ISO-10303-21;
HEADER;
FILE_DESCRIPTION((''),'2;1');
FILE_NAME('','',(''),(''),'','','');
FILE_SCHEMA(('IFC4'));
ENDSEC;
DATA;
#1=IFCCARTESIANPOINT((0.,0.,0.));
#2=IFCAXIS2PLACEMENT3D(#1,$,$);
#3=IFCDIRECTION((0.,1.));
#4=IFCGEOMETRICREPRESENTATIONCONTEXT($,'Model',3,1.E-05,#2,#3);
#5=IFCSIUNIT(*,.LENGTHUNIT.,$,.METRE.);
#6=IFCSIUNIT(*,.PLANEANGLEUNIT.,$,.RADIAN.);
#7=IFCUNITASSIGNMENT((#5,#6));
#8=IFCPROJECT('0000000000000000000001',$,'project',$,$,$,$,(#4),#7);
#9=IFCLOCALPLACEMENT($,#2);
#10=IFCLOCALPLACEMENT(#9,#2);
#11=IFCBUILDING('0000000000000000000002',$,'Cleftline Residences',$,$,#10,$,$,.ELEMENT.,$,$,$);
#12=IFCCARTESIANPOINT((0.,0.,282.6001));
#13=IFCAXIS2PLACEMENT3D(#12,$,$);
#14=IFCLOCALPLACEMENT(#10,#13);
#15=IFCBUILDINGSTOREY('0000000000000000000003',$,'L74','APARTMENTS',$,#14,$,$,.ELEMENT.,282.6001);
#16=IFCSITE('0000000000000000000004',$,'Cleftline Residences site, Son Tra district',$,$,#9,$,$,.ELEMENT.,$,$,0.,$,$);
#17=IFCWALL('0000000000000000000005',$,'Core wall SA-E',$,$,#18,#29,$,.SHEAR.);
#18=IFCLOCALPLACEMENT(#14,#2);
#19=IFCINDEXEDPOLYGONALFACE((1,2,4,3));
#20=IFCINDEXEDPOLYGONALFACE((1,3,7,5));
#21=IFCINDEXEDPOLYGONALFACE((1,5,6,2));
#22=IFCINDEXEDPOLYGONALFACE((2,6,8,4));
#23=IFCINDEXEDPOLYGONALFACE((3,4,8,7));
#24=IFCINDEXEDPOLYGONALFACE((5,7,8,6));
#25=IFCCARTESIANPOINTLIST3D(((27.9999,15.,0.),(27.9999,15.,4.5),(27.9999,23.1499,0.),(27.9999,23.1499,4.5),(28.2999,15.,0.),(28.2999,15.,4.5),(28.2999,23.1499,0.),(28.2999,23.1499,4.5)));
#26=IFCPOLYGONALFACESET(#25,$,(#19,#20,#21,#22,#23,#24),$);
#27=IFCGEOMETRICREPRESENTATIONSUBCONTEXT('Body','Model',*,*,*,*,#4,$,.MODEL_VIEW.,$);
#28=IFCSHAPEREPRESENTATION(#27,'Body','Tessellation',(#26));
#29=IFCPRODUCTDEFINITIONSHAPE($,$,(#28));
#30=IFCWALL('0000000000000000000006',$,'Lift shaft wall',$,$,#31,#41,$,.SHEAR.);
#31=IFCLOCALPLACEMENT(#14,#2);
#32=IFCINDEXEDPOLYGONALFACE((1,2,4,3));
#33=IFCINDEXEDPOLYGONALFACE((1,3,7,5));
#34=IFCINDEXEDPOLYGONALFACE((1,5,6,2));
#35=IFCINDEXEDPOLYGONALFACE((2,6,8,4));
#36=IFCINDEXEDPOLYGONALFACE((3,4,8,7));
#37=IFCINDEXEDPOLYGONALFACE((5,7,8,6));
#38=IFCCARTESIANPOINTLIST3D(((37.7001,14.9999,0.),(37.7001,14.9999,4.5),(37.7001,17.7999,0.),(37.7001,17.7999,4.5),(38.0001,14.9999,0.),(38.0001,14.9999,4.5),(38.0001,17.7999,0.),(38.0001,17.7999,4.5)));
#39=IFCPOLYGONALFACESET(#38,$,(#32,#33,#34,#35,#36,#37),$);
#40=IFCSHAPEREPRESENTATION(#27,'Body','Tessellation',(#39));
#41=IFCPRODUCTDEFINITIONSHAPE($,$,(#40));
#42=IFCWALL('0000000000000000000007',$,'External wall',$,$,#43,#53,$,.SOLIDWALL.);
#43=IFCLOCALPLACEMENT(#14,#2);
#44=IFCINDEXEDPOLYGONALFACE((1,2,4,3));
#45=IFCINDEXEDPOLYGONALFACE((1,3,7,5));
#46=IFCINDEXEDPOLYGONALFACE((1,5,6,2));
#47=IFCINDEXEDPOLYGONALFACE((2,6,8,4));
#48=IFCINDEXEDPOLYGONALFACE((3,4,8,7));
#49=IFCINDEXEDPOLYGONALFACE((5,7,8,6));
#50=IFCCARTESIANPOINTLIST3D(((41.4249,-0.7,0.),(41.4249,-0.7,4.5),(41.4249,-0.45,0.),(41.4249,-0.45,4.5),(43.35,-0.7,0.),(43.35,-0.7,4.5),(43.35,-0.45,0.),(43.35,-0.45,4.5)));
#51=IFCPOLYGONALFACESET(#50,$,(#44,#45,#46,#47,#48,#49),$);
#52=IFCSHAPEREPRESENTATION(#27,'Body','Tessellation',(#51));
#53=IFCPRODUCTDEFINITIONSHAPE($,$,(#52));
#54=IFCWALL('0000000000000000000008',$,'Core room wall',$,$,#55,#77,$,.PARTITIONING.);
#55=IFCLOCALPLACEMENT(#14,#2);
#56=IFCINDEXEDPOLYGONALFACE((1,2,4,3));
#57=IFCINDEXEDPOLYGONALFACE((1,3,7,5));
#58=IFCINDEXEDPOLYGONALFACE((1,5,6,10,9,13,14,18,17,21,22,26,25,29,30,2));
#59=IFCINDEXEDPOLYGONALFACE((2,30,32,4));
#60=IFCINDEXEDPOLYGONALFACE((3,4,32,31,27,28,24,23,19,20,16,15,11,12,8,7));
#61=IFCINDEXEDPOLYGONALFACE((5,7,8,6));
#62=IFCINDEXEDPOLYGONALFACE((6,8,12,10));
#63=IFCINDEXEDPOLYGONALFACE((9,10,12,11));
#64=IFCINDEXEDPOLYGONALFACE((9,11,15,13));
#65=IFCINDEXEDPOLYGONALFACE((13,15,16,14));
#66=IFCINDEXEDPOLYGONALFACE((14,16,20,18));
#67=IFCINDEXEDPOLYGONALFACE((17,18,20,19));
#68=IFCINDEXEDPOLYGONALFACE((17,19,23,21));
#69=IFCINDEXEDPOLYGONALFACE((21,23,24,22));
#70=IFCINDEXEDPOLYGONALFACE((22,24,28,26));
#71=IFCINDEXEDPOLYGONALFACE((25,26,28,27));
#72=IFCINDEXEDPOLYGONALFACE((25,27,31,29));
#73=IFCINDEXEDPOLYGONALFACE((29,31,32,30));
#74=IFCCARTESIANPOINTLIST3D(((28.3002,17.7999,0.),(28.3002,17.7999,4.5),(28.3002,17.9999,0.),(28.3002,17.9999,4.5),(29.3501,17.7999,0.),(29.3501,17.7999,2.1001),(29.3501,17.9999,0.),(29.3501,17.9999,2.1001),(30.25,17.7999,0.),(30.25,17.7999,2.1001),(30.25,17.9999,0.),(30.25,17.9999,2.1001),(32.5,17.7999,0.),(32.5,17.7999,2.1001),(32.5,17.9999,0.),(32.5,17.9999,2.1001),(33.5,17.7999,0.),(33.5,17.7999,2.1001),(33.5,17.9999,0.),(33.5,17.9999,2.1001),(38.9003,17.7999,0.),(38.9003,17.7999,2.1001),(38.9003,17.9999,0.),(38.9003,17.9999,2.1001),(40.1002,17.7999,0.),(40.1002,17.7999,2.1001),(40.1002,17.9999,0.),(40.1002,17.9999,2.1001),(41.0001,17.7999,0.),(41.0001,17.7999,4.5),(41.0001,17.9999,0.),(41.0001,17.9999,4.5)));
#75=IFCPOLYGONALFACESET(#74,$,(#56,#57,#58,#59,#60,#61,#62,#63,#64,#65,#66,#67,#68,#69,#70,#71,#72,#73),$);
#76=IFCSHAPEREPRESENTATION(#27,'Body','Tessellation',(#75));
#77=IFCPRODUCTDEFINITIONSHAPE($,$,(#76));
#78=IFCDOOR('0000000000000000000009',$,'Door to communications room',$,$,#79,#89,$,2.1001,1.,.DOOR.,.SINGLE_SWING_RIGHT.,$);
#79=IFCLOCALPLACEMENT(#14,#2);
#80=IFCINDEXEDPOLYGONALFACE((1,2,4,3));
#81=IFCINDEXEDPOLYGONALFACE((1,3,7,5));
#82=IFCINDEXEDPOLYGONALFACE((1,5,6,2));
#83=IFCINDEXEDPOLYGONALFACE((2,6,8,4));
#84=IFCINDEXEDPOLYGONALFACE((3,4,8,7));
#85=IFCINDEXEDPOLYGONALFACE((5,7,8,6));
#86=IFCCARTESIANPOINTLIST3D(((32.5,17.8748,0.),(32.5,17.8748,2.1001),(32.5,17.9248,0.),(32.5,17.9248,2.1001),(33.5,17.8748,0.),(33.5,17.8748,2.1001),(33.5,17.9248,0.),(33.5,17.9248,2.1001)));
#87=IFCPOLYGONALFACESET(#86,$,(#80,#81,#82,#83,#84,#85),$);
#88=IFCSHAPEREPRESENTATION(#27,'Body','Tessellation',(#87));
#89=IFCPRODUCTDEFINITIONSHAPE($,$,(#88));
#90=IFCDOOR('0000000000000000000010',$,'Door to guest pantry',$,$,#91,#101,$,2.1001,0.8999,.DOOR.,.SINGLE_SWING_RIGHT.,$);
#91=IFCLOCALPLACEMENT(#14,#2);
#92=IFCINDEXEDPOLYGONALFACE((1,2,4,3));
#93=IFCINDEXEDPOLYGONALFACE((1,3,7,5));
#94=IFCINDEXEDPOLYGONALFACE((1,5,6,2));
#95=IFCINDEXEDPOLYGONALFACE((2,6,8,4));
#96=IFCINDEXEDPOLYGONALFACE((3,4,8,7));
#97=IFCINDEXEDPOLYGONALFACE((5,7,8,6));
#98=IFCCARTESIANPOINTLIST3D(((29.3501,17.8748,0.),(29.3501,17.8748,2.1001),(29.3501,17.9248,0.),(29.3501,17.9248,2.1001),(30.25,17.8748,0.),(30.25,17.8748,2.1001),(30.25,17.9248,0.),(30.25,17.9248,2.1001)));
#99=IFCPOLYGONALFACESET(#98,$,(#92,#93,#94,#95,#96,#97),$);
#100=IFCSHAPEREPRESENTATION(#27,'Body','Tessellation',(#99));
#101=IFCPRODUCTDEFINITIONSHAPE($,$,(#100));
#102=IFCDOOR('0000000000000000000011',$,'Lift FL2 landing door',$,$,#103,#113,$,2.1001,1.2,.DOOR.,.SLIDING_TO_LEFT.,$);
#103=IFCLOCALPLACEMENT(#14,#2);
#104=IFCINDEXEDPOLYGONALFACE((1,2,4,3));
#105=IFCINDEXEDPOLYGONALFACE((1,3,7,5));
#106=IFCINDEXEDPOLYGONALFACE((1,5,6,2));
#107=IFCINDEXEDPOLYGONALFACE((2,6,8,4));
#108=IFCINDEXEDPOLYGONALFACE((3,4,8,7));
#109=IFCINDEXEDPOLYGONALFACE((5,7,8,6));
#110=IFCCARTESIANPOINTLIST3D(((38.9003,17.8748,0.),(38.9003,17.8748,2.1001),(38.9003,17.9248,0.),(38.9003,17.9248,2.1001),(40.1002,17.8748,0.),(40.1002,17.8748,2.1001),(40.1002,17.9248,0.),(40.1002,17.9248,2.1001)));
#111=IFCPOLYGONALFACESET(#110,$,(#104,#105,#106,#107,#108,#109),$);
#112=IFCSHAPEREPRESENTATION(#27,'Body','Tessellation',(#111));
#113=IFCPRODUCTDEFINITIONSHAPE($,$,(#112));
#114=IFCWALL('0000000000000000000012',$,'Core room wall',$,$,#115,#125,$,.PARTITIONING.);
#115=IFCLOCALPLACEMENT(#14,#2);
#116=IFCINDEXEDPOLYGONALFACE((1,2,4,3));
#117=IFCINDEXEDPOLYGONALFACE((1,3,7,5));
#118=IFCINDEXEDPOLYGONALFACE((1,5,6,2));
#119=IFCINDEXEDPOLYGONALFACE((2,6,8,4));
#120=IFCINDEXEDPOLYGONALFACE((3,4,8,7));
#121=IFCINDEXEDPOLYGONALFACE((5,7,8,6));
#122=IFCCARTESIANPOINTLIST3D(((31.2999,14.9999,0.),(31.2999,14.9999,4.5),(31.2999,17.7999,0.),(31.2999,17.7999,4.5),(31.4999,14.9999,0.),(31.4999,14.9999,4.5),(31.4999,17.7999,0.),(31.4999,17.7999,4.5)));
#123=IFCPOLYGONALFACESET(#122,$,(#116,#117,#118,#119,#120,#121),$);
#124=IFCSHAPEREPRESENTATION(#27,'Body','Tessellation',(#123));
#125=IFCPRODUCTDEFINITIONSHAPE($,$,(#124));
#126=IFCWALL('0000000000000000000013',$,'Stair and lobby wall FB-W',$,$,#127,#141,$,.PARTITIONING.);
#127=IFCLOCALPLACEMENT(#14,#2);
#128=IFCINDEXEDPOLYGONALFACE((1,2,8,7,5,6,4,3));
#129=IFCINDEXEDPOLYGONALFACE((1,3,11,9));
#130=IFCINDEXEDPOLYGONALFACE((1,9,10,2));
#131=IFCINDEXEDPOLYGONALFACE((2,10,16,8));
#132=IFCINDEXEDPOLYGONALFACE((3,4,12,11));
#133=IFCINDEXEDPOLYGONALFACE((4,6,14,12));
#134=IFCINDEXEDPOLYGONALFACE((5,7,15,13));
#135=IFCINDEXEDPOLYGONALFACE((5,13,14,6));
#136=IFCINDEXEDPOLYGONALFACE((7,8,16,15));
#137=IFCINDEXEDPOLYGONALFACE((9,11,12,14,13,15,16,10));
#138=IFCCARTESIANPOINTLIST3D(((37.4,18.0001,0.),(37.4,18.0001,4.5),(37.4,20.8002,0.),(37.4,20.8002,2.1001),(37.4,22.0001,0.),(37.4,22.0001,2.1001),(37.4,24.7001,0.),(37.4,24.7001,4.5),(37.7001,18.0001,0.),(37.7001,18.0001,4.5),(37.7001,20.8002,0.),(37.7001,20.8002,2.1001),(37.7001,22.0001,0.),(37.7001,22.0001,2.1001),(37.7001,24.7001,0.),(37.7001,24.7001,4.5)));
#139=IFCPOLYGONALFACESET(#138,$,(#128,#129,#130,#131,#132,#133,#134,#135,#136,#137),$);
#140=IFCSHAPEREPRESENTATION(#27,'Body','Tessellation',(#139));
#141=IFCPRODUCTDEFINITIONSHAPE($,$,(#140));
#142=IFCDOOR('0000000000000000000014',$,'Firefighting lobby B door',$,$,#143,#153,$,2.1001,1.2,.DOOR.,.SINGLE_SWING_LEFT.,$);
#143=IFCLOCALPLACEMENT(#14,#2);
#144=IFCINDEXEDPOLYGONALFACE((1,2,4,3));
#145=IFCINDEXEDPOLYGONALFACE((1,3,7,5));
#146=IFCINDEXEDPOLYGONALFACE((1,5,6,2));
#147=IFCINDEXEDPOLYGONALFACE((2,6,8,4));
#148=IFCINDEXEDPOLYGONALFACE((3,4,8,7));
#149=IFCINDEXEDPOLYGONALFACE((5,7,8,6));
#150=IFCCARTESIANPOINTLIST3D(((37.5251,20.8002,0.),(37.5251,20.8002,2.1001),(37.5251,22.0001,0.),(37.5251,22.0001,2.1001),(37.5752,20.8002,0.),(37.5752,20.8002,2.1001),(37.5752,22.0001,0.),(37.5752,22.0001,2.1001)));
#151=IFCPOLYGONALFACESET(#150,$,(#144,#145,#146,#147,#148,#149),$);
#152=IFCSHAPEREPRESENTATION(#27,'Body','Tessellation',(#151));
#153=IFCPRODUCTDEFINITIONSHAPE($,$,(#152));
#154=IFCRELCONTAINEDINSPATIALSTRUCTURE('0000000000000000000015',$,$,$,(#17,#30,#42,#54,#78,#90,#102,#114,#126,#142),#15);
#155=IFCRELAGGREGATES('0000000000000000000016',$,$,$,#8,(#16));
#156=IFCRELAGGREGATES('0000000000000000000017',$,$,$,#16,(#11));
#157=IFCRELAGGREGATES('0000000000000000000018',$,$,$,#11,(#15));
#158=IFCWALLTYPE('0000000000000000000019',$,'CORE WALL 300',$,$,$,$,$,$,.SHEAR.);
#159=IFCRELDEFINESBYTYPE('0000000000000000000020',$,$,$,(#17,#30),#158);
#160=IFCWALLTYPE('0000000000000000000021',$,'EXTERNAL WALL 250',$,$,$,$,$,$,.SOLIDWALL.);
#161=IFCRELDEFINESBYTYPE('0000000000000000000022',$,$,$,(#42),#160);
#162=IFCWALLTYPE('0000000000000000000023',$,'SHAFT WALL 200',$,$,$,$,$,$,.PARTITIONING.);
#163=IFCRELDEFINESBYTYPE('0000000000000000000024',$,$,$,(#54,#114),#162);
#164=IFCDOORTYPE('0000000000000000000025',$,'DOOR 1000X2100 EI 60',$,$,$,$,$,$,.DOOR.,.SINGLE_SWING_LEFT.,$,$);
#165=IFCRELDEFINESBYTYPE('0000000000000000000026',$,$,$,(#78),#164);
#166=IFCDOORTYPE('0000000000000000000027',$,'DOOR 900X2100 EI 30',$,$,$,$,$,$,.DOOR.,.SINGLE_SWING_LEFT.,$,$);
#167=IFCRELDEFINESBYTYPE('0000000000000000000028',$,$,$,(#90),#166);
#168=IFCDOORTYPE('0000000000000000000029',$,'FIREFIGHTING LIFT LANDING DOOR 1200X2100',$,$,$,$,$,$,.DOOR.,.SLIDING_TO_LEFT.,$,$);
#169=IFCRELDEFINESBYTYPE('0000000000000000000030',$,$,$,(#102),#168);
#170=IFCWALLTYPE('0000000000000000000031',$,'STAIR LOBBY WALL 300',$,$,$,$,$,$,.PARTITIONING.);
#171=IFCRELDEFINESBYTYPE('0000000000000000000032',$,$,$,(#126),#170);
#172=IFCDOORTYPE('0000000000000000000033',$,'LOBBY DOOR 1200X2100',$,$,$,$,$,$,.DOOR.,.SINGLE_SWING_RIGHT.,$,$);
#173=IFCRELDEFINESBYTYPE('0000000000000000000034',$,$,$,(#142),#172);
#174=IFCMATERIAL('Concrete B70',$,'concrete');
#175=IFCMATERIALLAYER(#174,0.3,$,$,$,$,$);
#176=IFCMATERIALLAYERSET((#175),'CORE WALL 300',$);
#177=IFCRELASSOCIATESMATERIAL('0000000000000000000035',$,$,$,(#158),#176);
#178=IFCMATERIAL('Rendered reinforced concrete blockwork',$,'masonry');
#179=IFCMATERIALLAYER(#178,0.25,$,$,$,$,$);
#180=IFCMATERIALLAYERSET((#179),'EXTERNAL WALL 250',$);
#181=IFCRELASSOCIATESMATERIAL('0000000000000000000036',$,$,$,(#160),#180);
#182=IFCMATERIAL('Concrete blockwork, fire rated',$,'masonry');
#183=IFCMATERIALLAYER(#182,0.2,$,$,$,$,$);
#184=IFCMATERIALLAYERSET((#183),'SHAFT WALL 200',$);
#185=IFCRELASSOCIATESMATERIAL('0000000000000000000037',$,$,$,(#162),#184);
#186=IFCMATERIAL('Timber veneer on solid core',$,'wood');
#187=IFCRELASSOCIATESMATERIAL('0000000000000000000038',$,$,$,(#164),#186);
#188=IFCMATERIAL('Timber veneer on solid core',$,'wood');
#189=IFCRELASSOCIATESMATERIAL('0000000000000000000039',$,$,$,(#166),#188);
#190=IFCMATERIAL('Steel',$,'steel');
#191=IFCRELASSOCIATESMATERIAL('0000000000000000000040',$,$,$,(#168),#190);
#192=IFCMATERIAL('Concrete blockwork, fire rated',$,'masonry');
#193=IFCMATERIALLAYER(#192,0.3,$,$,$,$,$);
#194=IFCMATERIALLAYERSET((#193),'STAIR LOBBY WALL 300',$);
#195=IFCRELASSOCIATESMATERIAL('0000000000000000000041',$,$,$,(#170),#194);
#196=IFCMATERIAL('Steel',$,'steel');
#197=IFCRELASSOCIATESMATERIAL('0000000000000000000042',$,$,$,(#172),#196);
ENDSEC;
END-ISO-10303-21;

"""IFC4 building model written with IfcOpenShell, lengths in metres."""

from ifc_helpers import new_model, si_unit, direction, frame, frame_2d, origin, place, context, subcontext, project, spatial, rectangle, extrude, material, layer, layer_set, type_object, element, fill, save


model = new_model("IFC4")

# Units and contexts
model_context = context("Model", 3, precision=1e-05, world=origin(), true_north=direction((0.0, 1.0)))
body_context = subcontext(model_context, "Body", "Model", "MODEL_VIEW")
ifc_project = project(units=[si_unit("LENGTHUNIT", "METRE"), si_unit("PLANEANGLEUNIT", "RADIAN")], contexts=[model_context])

# Site, building, storey
site_placement = place(None, origin())
site = spatial("IfcSite", under=ifc_project, at=site_placement, Name="Cleftline Residences site, Son Tra district", CompositionType="ELEMENT", RefElevation=0.0)
building_placement = place(site_placement, origin())
building = spatial("IfcBuilding", under=site, at=building_placement, Name="Cleftline Residences", CompositionType="ELEMENT")
storey_placement = place(building_placement, frame((0.0, 0.0, 282.6001)))
storey = spatial("IfcBuildingStorey", under=building, at=storey_placement, Name="L74", Description="APARTMENTS", CompositionType="ELEMENT", Elevation=282.6001)

# Walls
ifc_material_1 = material(Name="Concrete B70", Category="concrete")
ifc_layer_1 = layer(ifc_material_1, 0.3)
ifc_layer_set_1 = layer_set([ifc_layer_1], Name="CORE WALL 300")
wall_type_1 = type_object("IfcWallType", Name="CORE WALL 300", PredefinedType="SHEAR", material=ifc_layer_set_1)
wall_1_placement = place(storey_placement, frame((28.1499, 15.0, 0.0), z_axis=(0.0, 0.0, 1.0), x_axis=(0.0, 1.0, 0.0)))
element("IfcWall", 1, at=wall_1_placement, inside=storey, type_object=wall_type_1, Name="Core wall SA-E", PredefinedType="SHEAR", context=body_context, shape_type="SweptSolid", body=[
    extrude(rectangle(XDim=8.1499, YDim=0.3, at=frame_2d((4.075, 0.0))), origin(), (0.0, 0.0, 1.0), 4.5),
])
wall_2_placement = place(storey_placement, frame((37.8501, 15.0, 0.0), z_axis=(0.0, 0.0, 1.0), x_axis=(0.0, 1.0, 0.0)))
element("IfcWall", 2, at=wall_2_placement, inside=storey, type_object=wall_type_1, Name="Lift shaft wall", PredefinedType="SHEAR", context=body_context, shape_type="SweptSolid", body=[
    extrude(rectangle(XDim=2.8, YDim=0.3, at=frame_2d((1.3999, 0.0))), origin(), (0.0, 0.0, 1.0), 4.5),
])
ifc_material_2 = material(Name="Rendered reinforced concrete blockwork", Category="masonry")
ifc_layer_2 = layer(ifc_material_2, 0.25)
ifc_layer_set_2 = layer_set([ifc_layer_2], Name="EXTERNAL WALL 250")
wall_type_2 = type_object("IfcWallType", Name="EXTERNAL WALL 250", PredefinedType="SOLIDWALL", material=ifc_layer_set_2)
wall_3_placement = place(storey_placement, frame((41.425, -0.575, 0.0), z_axis=(0.0, 0.0, 1.0), x_axis=(1.0, 0.0, 0.0)))
element("IfcWall", 3, at=wall_3_placement, inside=storey, type_object=wall_type_2, Name="External wall", PredefinedType="SOLIDWALL", context=body_context, shape_type="SweptSolid", body=[
    extrude(rectangle(XDim=1.925, YDim=0.25, at=frame_2d((0.9624, 0.0))), origin(), (0.0, 0.0, 1.0), 4.5),
])

# Wall, openings, doors
ifc_material_3 = material(Name="Concrete blockwork, fire rated", Category="masonry")
ifc_layer_3 = layer(ifc_material_3, 0.2)
ifc_layer_set_3 = layer_set([ifc_layer_3], Name="SHAFT WALL 200")
wall_type_3 = type_object("IfcWallType", Name="SHAFT WALL 200", PredefinedType="PARTITIONING", material=ifc_layer_set_3)
wall_4_placement = place(storey_placement, frame((28.3, 17.8999, 0.0), z_axis=(0.0, 0.0, 1.0), x_axis=(1.0, 0.0, 0.0)))
wall_4 = element("IfcWall", 4, at=wall_4_placement, inside=storey, type_object=wall_type_3, Name="Core room wall", PredefinedType="PARTITIONING", context=body_context, shape_type="SweptSolid", body=[
    extrude(rectangle(XDim=12.7, YDim=0.2, at=frame_2d((6.3501, 0.0))), origin(), (0.0, 0.0, 1.0), 4.5),
])
opening_1_placement = place(wall_4_placement, frame((1.05, 0.0, 0.0)))
opening_1 = element("IfcOpeningElement", 5, at=opening_1_placement, cuts=wall_4, PredefinedType="OPENING", context=body_context, shape_type="SweptSolid", body=[
    extrude(rectangle(XDim=0.8999, YDim=2.1001, at=frame_2d((0.45, 1.05))), frame((0.0, 0.1099, 0.0), z_axis=(0.0, -1.0, 0.0), x_axis=(1.0, 0.0, 0.0)), (0.0, 0.0, 1.0), 0.22),
])
opening_2_placement = place(wall_4_placement, frame((4.2, 0.0, 0.0)))
opening_2 = element("IfcOpeningElement", 6, at=opening_2_placement, cuts=wall_4, PredefinedType="OPENING", context=body_context, shape_type="SweptSolid", body=[
    extrude(rectangle(XDim=1.0, YDim=2.1001, at=frame_2d((0.5, 1.05))), frame((0.0, 0.1099, 0.0), z_axis=(0.0, -1.0, 0.0), x_axis=(1.0, 0.0, 0.0)), (0.0, 0.0, 1.0), 0.22),
])
opening_3_placement = place(wall_4_placement, frame((10.6001, 0.0, 0.0)))
opening_3 = element("IfcOpeningElement", 7, at=opening_3_placement, cuts=wall_4, PredefinedType="OPENING", context=body_context, shape_type="SweptSolid", body=[
    extrude(rectangle(XDim=1.2, YDim=2.1001, at=frame_2d((0.6001, 1.05))), frame((0.0, 0.1099, 0.0), z_axis=(0.0, -1.0, 0.0), x_axis=(1.0, 0.0, 0.0)), (0.0, 0.0, 1.0), 0.22),
])
ifc_material_4 = material(Name="Timber veneer on solid core", Category="wood")
door_type_1 = type_object("IfcDoorType", Name="DOOR 1000X2100 EI 60", OperationType="SINGLE_SWING_LEFT", PredefinedType="DOOR", material=ifc_material_4)
door_1_placement = place(opening_2_placement, origin())
door_1 = element("IfcDoor", 8, at=door_1_placement, inside=storey, type_object=door_type_1, Name="Door to communications room", OperationType="SINGLE_SWING_RIGHT", OverallHeight=2.1001, OverallWidth=1.0, PredefinedType="DOOR", context=body_context, shape_type="SweptSolid", body=[
    extrude(rectangle(XDim=1.0, YDim=2.1001, at=frame_2d((0.5, 1.05))), frame((0.0, 0.0249, 0.0), z_axis=(0.0, -1.0, 0.0), x_axis=(1.0, 0.0, 0.0)), (0.0, 0.0, 1.0), 0.05),
])
fill(opening_2, door_1)
ifc_material_5 = material(Name="Timber veneer on solid core", Category="wood")
door_type_2 = type_object("IfcDoorType", Name="DOOR 900X2100 EI 30", OperationType="SINGLE_SWING_LEFT", PredefinedType="DOOR", material=ifc_material_5)
door_2_placement = place(opening_1_placement, origin())
door_2 = element("IfcDoor", 9, at=door_2_placement, inside=storey, type_object=door_type_2, Name="Door to guest pantry", OperationType="SINGLE_SWING_RIGHT", OverallHeight=2.1001, OverallWidth=0.8999, PredefinedType="DOOR", context=body_context, shape_type="SweptSolid", body=[
    extrude(rectangle(XDim=0.8999, YDim=2.1001, at=frame_2d((0.45, 1.05))), frame((0.0, 0.0249, 0.0), z_axis=(0.0, -1.0, 0.0), x_axis=(1.0, 0.0, 0.0)), (0.0, 0.0, 1.0), 0.05),
])
fill(opening_1, door_2)
ifc_material_6 = material(Name="Steel", Category="steel")
door_type_3 = type_object("IfcDoorType", Name="FIREFIGHTING LIFT LANDING DOOR 1200X2100", OperationType="SLIDING_TO_LEFT", PredefinedType="DOOR", material=ifc_material_6)
door_3_placement = place(opening_3_placement, origin())
door_3 = element("IfcDoor", 10, at=door_3_placement, inside=storey, type_object=door_type_3, Name="Lift FL2 landing door", OperationType="SLIDING_TO_LEFT", OverallHeight=2.1001, OverallWidth=1.2, PredefinedType="DOOR", context=body_context, shape_type="SweptSolid", body=[
    extrude(rectangle(XDim=1.2, YDim=2.1001, at=frame_2d((0.6001, 1.05))), frame((0.0, 0.0249, 0.0), z_axis=(0.0, -1.0, 0.0), x_axis=(1.0, 0.0, 0.0)), (0.0, 0.0, 1.0), 0.05),
])
fill(opening_3, door_3)

# Wall
wall_5_placement = place(storey_placement, frame((31.3999, 15.0, 0.0), z_axis=(0.0, 0.0, 1.0), x_axis=(0.0, 1.0, 0.0)))
element("IfcWall", 11, at=wall_5_placement, inside=storey, type_object=wall_type_3, Name="Core room wall", PredefinedType="PARTITIONING", context=body_context, shape_type="SweptSolid", body=[
    extrude(rectangle(XDim=2.8, YDim=0.2, at=frame_2d((1.3999, 0.0))), origin(), (0.0, 0.0, 1.0), 4.5),
])

# Wall, opening, door
ifc_material_7 = material(Name="Concrete blockwork, fire rated", Category="masonry")
ifc_layer_4 = layer(ifc_material_7, 0.3)
ifc_layer_set_4 = layer_set([ifc_layer_4], Name="STAIR LOBBY WALL 300")
wall_type_4 = type_object("IfcWallType", Name="STAIR LOBBY WALL 300", PredefinedType="PARTITIONING", material=ifc_layer_set_4)
wall_6_placement = place(storey_placement, frame((37.55, 18.0, 0.0), z_axis=(0.0, 0.0, 1.0), x_axis=(0.0, 1.0, 0.0)))
wall_6 = element("IfcWall", 12, at=wall_6_placement, inside=storey, type_object=wall_type_4, Name="Stair and lobby wall FB-W", PredefinedType="PARTITIONING", context=body_context, shape_type="SweptSolid", body=[
    extrude(rectangle(XDim=6.7, YDim=0.3, at=frame_2d((3.3501, 0.0))), origin(), (0.0, 0.0, 1.0), 4.5),
])
opening_4_placement = place(wall_6_placement, frame((2.8, 0.0, 0.0)))
opening_4 = element("IfcOpeningElement", 13, at=opening_4_placement, cuts=wall_6, PredefinedType="OPENING", context=body_context, shape_type="SweptSolid", body=[
    extrude(rectangle(XDim=1.2, YDim=2.1001, at=frame_2d((0.6001, 1.05))), frame((0.0, 0.1599, 0.0), z_axis=(0.0, -1.0, 0.0), x_axis=(1.0, 0.0, 0.0)), (0.0, 0.0, 1.0), 0.3201),
])
ifc_material_8 = material(Name="Steel", Category="steel")
door_type_4 = type_object("IfcDoorType", Name="LOBBY DOOR 1200X2100", OperationType="SINGLE_SWING_RIGHT", PredefinedType="DOOR", material=ifc_material_8)
door_4_placement = place(opening_4_placement, origin())
door_4 = element("IfcDoor", 14, at=door_4_placement, inside=storey, type_object=door_type_4, Name="Firefighting lobby B door", OperationType="SINGLE_SWING_LEFT", OverallHeight=2.1001, OverallWidth=1.2, PredefinedType="DOOR", context=body_context, shape_type="SweptSolid", body=[
    extrude(rectangle(XDim=1.2, YDim=2.1001, at=frame_2d((0.6001, 1.05))), frame((0.0, 0.0249, 0.0), z_axis=(0.0, -1.0, 0.0), x_axis=(1.0, 0.0, 0.0)), (0.0, 0.0, 1.0), 0.05),
])
fill(opening_4, door_4)

save(model, "model.ifc")
